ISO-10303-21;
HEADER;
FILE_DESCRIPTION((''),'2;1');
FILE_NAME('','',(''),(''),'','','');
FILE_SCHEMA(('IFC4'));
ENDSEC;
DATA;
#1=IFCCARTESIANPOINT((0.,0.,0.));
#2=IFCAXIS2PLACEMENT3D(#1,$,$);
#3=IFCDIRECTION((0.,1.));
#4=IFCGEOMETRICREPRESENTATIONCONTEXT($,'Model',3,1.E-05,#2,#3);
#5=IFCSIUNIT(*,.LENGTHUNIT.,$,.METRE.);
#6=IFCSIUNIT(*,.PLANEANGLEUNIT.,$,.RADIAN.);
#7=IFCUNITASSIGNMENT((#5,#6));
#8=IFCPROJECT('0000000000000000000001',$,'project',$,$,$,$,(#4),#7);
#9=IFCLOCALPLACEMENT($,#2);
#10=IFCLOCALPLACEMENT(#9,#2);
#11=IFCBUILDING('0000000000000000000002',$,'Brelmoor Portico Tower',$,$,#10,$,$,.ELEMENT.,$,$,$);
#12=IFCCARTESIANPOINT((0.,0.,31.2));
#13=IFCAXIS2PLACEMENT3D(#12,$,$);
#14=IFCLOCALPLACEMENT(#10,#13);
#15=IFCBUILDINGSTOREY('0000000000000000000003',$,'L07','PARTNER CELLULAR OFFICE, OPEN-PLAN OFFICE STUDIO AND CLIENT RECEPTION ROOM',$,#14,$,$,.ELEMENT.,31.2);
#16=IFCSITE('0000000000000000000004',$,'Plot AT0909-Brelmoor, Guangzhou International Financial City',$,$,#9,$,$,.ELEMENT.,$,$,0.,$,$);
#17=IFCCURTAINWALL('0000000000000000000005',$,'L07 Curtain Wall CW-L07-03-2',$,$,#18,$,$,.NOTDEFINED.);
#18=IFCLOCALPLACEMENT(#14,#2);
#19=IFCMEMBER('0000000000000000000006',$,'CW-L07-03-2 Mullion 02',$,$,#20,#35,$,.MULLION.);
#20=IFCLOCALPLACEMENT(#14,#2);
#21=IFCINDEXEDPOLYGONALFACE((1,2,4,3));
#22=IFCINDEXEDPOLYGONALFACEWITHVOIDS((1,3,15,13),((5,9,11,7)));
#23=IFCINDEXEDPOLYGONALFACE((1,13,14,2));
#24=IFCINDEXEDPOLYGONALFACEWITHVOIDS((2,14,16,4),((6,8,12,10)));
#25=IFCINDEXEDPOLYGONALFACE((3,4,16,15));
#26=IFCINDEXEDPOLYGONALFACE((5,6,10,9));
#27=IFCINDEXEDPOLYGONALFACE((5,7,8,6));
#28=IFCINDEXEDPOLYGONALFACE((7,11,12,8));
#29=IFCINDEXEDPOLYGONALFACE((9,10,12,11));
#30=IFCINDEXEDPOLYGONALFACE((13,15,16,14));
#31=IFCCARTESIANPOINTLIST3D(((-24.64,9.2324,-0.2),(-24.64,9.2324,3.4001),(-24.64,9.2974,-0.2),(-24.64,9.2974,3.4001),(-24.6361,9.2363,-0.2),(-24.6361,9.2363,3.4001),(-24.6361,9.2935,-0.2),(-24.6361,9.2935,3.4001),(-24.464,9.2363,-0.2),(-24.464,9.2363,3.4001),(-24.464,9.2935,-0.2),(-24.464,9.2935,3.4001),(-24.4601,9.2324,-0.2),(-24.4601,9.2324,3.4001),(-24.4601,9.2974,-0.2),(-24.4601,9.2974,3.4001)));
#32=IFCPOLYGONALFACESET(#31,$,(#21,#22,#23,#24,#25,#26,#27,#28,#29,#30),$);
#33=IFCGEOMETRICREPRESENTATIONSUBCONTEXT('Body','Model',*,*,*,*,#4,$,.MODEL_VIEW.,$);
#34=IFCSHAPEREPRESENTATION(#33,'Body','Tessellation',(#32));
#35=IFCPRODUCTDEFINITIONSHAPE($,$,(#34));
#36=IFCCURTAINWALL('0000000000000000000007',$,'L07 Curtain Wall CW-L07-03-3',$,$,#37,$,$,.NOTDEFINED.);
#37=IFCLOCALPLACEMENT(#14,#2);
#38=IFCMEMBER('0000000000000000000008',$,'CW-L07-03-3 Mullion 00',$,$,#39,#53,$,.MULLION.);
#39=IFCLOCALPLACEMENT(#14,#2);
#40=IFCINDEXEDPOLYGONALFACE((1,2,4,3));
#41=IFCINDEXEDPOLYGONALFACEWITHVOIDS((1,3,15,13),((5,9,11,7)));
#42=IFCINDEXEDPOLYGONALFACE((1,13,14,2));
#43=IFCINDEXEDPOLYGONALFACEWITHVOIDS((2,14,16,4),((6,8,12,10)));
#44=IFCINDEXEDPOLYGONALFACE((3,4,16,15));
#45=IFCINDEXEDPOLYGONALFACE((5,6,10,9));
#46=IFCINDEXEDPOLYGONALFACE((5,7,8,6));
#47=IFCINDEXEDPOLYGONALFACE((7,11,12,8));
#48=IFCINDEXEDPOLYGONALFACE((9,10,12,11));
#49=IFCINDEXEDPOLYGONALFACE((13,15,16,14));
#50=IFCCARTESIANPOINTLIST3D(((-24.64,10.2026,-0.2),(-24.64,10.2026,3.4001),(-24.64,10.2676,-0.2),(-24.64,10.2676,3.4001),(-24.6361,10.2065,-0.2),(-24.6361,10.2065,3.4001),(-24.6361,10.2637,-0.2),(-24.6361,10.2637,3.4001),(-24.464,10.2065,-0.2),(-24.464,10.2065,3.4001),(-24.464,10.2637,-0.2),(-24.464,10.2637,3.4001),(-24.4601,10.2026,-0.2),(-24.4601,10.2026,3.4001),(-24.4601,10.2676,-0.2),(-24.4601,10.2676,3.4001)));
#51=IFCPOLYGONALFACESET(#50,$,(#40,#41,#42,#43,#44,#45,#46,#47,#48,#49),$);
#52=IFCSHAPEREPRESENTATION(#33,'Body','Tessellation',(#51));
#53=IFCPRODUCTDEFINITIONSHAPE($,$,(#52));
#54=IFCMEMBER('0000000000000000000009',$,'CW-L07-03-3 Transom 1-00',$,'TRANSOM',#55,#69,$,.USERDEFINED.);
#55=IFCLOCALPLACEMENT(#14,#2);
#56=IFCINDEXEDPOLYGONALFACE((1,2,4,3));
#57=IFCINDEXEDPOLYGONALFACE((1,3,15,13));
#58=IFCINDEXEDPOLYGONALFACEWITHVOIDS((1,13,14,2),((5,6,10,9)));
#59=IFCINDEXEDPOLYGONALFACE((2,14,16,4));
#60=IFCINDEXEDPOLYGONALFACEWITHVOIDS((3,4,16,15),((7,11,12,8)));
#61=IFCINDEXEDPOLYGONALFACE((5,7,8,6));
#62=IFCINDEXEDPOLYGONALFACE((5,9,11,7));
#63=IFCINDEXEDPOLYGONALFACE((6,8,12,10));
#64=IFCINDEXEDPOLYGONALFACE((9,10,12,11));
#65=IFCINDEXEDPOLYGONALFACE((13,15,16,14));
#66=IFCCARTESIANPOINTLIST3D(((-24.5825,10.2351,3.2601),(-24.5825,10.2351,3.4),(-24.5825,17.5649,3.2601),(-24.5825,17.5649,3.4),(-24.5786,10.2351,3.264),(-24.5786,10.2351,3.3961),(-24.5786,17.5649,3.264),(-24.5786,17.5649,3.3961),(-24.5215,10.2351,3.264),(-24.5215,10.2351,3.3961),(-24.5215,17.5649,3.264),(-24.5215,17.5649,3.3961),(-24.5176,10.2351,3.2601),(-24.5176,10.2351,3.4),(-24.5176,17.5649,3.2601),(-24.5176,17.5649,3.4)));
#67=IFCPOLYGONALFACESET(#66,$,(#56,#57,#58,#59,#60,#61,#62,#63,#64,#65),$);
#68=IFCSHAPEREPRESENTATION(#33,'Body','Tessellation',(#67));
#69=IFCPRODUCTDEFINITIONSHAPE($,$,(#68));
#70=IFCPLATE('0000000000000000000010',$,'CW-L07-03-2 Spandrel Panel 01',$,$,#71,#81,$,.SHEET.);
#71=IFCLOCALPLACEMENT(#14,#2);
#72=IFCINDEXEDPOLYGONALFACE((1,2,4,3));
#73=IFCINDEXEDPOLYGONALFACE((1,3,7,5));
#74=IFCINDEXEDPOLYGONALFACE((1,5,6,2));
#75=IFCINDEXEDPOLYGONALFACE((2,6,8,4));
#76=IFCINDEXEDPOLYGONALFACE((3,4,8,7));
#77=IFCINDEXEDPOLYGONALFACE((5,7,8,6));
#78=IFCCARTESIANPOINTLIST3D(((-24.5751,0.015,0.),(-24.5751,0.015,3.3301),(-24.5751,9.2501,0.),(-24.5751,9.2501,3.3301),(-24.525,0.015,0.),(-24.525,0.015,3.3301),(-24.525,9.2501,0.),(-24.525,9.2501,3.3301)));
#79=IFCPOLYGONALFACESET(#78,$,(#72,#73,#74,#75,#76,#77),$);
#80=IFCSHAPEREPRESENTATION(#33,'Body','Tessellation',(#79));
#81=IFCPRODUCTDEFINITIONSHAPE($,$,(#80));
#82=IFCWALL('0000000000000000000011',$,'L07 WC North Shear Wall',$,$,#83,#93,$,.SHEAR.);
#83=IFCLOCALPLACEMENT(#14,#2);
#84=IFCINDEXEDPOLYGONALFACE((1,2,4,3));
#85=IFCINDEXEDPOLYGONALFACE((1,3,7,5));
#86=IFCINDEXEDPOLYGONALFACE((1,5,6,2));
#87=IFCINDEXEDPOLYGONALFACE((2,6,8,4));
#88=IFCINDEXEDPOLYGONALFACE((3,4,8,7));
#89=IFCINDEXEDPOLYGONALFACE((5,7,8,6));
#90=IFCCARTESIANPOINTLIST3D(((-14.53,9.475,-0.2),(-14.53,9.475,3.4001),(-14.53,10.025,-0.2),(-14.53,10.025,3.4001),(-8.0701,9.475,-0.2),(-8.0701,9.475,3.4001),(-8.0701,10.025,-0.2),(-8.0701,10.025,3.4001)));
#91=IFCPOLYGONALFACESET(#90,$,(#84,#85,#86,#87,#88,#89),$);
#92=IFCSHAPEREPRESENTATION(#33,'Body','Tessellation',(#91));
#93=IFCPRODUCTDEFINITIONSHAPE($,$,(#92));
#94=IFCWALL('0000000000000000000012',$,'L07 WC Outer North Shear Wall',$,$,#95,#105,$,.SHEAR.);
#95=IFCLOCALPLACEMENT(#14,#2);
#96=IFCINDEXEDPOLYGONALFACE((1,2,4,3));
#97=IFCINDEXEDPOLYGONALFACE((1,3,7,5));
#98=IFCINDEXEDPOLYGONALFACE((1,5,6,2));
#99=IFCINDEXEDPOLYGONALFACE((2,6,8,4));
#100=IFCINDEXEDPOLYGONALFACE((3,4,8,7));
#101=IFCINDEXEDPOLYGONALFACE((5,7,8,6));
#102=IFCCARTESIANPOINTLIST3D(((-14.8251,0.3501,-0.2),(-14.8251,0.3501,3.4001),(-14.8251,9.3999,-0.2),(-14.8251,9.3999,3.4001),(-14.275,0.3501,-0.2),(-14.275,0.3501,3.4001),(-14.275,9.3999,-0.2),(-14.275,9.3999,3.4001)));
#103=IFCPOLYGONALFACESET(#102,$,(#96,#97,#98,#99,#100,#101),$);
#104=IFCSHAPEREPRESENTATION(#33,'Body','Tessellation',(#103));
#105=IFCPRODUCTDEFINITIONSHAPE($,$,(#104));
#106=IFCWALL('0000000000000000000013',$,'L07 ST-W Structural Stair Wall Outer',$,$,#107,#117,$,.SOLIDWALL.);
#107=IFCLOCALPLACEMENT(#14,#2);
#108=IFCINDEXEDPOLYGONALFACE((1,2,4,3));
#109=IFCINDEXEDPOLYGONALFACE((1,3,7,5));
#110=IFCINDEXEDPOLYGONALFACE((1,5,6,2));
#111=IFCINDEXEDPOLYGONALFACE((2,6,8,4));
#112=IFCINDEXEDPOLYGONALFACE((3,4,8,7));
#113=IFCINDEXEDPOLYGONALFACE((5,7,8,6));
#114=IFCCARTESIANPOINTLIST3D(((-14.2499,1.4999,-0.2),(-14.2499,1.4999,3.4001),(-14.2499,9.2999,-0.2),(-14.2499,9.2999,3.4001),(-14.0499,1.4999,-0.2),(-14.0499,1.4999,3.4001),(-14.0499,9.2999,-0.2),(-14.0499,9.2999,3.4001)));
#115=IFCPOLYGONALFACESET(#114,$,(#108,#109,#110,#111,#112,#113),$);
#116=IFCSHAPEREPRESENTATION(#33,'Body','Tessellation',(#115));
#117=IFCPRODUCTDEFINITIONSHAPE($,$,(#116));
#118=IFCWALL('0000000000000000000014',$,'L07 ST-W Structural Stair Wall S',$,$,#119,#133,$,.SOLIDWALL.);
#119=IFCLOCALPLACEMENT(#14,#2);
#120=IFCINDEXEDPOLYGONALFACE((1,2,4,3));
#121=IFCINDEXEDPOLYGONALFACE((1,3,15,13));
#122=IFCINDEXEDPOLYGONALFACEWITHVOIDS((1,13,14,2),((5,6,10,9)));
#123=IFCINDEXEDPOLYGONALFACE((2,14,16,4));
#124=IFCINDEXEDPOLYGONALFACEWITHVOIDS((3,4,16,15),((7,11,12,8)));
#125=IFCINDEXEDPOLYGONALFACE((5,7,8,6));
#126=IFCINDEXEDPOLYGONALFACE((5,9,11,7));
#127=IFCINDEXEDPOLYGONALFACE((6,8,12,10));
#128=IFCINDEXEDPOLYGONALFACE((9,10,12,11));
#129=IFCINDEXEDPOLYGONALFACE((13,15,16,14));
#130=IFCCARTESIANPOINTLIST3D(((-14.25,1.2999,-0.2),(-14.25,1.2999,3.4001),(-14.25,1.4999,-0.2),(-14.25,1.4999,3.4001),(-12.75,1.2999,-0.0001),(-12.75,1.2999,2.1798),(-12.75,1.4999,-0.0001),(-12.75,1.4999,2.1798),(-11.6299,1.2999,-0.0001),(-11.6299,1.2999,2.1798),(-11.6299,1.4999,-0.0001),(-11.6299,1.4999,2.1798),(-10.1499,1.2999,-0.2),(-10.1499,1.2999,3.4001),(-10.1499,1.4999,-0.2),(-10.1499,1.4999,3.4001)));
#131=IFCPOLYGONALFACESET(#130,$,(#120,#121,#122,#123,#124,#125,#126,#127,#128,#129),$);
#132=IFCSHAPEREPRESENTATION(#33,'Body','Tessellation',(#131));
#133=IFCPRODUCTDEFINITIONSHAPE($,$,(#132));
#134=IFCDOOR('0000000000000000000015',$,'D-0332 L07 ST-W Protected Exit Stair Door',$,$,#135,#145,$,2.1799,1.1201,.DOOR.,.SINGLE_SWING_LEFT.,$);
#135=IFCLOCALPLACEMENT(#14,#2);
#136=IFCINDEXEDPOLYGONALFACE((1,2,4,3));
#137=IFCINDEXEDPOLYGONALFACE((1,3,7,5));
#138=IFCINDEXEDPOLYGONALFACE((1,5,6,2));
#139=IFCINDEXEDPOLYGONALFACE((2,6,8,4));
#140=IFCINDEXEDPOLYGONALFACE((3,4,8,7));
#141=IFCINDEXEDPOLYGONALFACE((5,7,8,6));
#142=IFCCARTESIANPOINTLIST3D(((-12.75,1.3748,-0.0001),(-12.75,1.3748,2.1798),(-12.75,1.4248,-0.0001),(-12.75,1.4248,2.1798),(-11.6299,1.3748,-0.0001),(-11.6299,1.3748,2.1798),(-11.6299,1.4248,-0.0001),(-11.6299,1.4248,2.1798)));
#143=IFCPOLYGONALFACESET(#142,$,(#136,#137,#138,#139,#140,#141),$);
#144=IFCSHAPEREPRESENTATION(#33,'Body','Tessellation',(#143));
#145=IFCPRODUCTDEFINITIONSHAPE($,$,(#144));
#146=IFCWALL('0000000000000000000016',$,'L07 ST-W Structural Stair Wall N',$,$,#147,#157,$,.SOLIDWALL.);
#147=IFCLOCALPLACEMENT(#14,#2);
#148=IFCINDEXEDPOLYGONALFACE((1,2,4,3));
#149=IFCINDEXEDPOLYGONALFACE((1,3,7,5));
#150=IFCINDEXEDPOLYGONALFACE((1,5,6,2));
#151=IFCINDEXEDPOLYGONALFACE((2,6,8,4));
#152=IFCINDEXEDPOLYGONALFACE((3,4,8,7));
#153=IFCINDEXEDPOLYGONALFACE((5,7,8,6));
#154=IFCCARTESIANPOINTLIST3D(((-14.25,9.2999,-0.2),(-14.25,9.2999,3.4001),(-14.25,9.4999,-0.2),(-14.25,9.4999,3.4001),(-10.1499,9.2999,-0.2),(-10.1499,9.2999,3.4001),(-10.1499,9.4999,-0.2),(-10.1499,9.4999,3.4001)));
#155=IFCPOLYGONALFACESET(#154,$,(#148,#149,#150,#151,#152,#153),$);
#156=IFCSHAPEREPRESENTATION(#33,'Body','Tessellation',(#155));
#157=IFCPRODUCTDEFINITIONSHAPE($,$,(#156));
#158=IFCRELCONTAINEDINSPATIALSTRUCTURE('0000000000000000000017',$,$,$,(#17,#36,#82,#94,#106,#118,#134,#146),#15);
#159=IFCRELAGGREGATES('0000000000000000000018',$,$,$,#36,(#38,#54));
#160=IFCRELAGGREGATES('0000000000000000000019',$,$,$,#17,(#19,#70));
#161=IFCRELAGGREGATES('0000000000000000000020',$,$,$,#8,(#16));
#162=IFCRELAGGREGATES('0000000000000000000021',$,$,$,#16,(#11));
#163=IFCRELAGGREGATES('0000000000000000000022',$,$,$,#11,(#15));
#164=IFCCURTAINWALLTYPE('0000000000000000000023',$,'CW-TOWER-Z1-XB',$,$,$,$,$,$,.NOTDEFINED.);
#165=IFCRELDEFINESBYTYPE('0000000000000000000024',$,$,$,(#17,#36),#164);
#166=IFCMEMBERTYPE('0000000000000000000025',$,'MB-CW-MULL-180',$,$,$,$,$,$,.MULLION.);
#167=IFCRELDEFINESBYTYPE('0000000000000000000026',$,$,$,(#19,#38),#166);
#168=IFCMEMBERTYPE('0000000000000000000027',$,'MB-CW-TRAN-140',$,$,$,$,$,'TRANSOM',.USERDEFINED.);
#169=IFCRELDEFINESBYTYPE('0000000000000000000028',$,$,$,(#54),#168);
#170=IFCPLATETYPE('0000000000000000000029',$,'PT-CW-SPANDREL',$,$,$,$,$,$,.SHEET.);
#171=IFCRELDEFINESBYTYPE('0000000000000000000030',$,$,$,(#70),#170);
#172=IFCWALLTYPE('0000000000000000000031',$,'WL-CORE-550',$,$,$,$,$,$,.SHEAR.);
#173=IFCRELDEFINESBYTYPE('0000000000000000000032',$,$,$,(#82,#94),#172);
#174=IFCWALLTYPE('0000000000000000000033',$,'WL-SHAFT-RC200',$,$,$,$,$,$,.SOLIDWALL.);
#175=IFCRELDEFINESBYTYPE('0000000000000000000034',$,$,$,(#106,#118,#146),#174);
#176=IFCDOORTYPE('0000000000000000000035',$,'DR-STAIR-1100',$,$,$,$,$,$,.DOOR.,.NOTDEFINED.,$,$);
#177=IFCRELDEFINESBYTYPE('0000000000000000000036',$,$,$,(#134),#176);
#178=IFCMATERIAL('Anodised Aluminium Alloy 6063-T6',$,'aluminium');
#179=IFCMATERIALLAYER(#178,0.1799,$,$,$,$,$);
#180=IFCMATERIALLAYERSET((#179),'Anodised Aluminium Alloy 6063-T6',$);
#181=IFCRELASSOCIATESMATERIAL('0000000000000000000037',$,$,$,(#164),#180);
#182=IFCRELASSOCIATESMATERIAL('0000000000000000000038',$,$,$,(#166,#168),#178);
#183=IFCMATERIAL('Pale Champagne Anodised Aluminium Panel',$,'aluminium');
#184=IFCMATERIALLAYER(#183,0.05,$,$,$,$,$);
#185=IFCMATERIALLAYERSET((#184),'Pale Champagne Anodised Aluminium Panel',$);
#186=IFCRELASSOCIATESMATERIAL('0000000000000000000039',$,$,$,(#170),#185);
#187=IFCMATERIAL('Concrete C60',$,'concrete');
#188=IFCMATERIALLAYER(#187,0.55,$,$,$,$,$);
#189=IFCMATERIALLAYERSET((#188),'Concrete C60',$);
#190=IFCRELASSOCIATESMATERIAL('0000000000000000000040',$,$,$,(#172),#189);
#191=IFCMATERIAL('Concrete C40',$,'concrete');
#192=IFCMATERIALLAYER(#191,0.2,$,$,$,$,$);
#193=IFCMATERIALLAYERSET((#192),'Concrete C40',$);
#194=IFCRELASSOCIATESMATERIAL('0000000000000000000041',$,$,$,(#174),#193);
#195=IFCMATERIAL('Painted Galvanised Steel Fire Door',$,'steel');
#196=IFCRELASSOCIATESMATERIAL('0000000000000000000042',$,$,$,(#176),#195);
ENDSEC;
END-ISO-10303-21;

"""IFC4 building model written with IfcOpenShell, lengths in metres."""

from ifc_helpers import new_model, si_unit, direction, frame, frame_2d, origin, origin_2d, place, context, subcontext, project, spatial, rectangle, hollow_rectangle, extrude, material, layer, layer_set, material_profile, profile_set, type_object, element, fill, aggregate, save


model = new_model("IFC4")

# Units and contexts
model_context = context("Model", 3, precision=1e-05, world=origin(), true_north=direction((0.0, 1.0)))
body_context = subcontext(model_context, "Body", "Model", "MODEL_VIEW")
ifc_project = project(units=[si_unit("LENGTHUNIT", "METRE"), si_unit("PLANEANGLEUNIT", "RADIAN")], contexts=[model_context])

# Site, building, storey
site_placement = place(None, origin())
site = spatial("IfcSite", under=ifc_project, at=site_placement, Name="Plot AT0909-Brelmoor, Guangzhou International Financial City", CompositionType="ELEMENT", RefElevation=0.0)
building_placement = place(site_placement, origin())
building = spatial("IfcBuilding", under=site, at=building_placement, Name="Brelmoor Portico Tower", CompositionType="ELEMENT")
storey_placement = place(building_placement, frame((0.0, 0.0, 31.2)))
storey = spatial("IfcBuildingStorey", under=building, at=storey_placement, Name="L07", Description="PARTNER CELLULAR OFFICE, OPEN-PLAN OFFICE STUDIO AND CLIENT RECEPTION ROOM", CompositionType="ELEMENT", Elevation=31.2)

# Curtain wall, member
ifc_material_1 = material(Name="Anodised Aluminium Alloy 6063-T6", Category="aluminium")
ifc_layer_1 = layer(ifc_material_1, 0.1799)
ifc_layer_set_1 = layer_set([ifc_layer_1], Name="Anodised Aluminium Alloy 6063-T6")
curtain_wall_type = type_object("IfcCurtainWallType", Name="CW-TOWER-Z1-XB", PredefinedType="NOTDEFINED", material=ifc_layer_set_1)
curtain_wall_1_placement = place(storey_placement, origin())
curtain_wall_1 = element("IfcCurtainWall", 1, at=curtain_wall_1_placement, inside=storey, type_object=curtain_wall_type, Name="L07 Curtain Wall CW-L07-03-2", PredefinedType="NOTDEFINED")
ifc_material_profile_1 = material_profile(ifc_material_1, hollow_rectangle(XDim=0.0649, YDim=0.1799, WallThickness=0.0039, at=origin_2d()), Name="ALU MULLION 65x180")
ifc_profile_set_1 = profile_set([ifc_material_profile_1], Name="Anodised Aluminium Alloy 6063-T6")
member_type_1 = type_object("IfcMemberType", Name="MB-CW-MULL-180", PredefinedType="MULLION", material=ifc_profile_set_1)
member_1_placement = place(storey_placement, frame((-24.55, 9.2649, -0.2), z_axis=(0.0, 0.0, 1.0), x_axis=(0.0, 1.0, 0.0)))
member_1 = element("IfcMember", 2, at=member_1_placement, type_object=member_type_1, Name="CW-L07-03-2 Mullion 02", PredefinedType="MULLION", context=body_context, shape_type="SweptSolid", body=[
    extrude(hollow_rectangle(XDim=0.0649, YDim=0.1799, WallThickness=0.0039, at=origin_2d()), origin(), (0.0, 0.0, 1.0), 3.6001),
])

# Curtain wall, members
curtain_wall_2_placement = place(storey_placement, origin())
curtain_wall_2 = element("IfcCurtainWall", 3, at=curtain_wall_2_placement, inside=storey, type_object=curtain_wall_type, Name="L07 Curtain Wall CW-L07-03-3", PredefinedType="NOTDEFINED")
member_2_placement = place(storey_placement, frame((-24.55, 10.2351, -0.2), z_axis=(0.0, 0.0, 1.0), x_axis=(0.0, 1.0, 0.0)))
member_2 = element("IfcMember", 4, at=member_2_placement, type_object=member_type_1, Name="CW-L07-03-3 Mullion 00", PredefinedType="MULLION", context=body_context, shape_type="SweptSolid", body=[
    extrude(hollow_rectangle(XDim=0.0649, YDim=0.1799, WallThickness=0.0039, at=origin_2d()), origin(), (0.0, 0.0, 1.0), 3.6001),
])
ifc_material_profile_2 = material_profile(ifc_material_1, hollow_rectangle(XDim=0.0649, YDim=0.1399, WallThickness=0.0039, at=origin_2d()), Name="ALU TRANSOM 65x140")
ifc_profile_set_2 = profile_set([ifc_material_profile_2], Name="Anodised Aluminium Alloy 6063-T6")
member_type_2 = type_object("IfcMemberType", Name="MB-CW-TRAN-140", ElementType="TRANSOM", PredefinedType="USERDEFINED", material=ifc_profile_set_2)
member_3_placement = place(storey_placement, frame((-24.55, 10.2351, 3.3301), z_axis=(0.0, 1.0, 0.0), x_axis=(-1.0, 0.0, 0.0)))
member_3 = element("IfcMember", 5, at=member_3_placement, type_object=member_type_2, Name="CW-L07-03-3 Transom 1-00", ObjectType="TRANSOM", PredefinedType="USERDEFINED", context=body_context, shape_type="SweptSolid", body=[
    extrude(hollow_rectangle(XDim=0.0649, YDim=0.1399, WallThickness=0.0039, at=origin_2d()), origin(), (0.0, 0.0, 1.0), 7.3298),
])
aggregate(curtain_wall_2, [member_2, member_3])

# Plate
ifc_material_2 = material(Name="Pale Champagne Anodised Aluminium Panel", Category="aluminium")
ifc_layer_2 = layer(ifc_material_2, 0.05)
ifc_layer_set_2 = layer_set([ifc_layer_2], Name="Pale Champagne Anodised Aluminium Panel")
plate_type = type_object("IfcPlateType", Name="PT-CW-SPANDREL", PredefinedType="SHEET", material=ifc_layer_set_2)
plate_placement = place(storey_placement, frame((-24.55, 4.6326, 0.0), z_axis=(0.0, 0.0, 1.0), x_axis=(0.0, 1.0, 0.0)))
plate = element("IfcPlate", 6, at=plate_placement, type_object=plate_type, Name="CW-L07-03-2 Spandrel Panel 01", PredefinedType="SHEET", context=body_context, shape_type="SweptSolid", body=[
    extrude(rectangle(XDim=9.2351, YDim=0.05, at=origin_2d()), origin(), (0.0, 0.0, 1.0), 3.3301),
])
aggregate(curtain_wall_1, [member_1, plate])

# Walls
ifc_material_3 = material(Name="Concrete C60", Category="concrete")
ifc_layer_3 = layer(ifc_material_3, 0.55)
ifc_layer_set_3 = layer_set([ifc_layer_3], Name="Concrete C60")
wall_type_1 = type_object("IfcWallType", Name="WL-CORE-550", PredefinedType="SHEAR", material=ifc_layer_set_3)
wall_1_placement = place(storey_placement, frame((-14.53, 9.75, -0.2), z_axis=(0.0, 0.0, 1.0), x_axis=(1.0, 0.0, 0.0)))
element("IfcWall", 7, at=wall_1_placement, inside=storey, type_object=wall_type_1, Name="L07 WC North Shear Wall", PredefinedType="SHEAR", context=body_context, shape_type="SweptSolid", body=[
    extrude(rectangle(XDim=6.46, YDim=0.55, at=frame_2d((3.23, 0.0))), origin(), (0.0, 0.0, 1.0), 3.6001),
])
wall_2_placement = place(storey_placement, frame((-14.55, 0.3501, -0.2), z_axis=(0.0, 0.0, 1.0), x_axis=(0.0, 1.0, 0.0)))
element("IfcWall", 8, at=wall_2_placement, inside=storey, type_object=wall_type_1, Name="L07 WC Outer North Shear Wall", PredefinedType="SHEAR", context=body_context, shape_type="SweptSolid", body=[
    extrude(rectangle(XDim=9.0498, YDim=0.55, at=frame_2d((4.5249, 0.0))), origin(), (0.0, 0.0, 1.0), 3.6001),
])
ifc_material_4 = material(Name="Concrete C40", Category="concrete")
ifc_layer_4 = layer(ifc_material_4, 0.2)
ifc_layer_set_4 = layer_set([ifc_layer_4], Name="Concrete C40")
wall_type_2 = type_object("IfcWallType", Name="WL-SHAFT-RC200", PredefinedType="SOLIDWALL", material=ifc_layer_set_4)
wall_3_placement = place(storey_placement, frame((-14.1499, 1.5, -0.2), z_axis=(0.0, 0.0, 1.0), x_axis=(0.0, 1.0, 0.0)))
element("IfcWall", 9, at=wall_3_placement, inside=storey, type_object=wall_type_2, Name="L07 ST-W Structural Stair Wall Outer", PredefinedType="SOLIDWALL", context=body_context, shape_type="SweptSolid", body=[
    extrude(rectangle(XDim=7.8, YDim=0.2, at=frame_2d((3.8999, 0.0))), origin(), (0.0, 0.0, 1.0), 3.6001),
])

# Wall, opening, door
wall_4_placement = place(storey_placement, frame((-14.25, 1.3999, -0.2), z_axis=(0.0, 0.0, 1.0), x_axis=(1.0, 0.0, 0.0)))
wall_4 = element("IfcWall", 10, at=wall_4_placement, inside=storey, type_object=wall_type_2, Name="L07 ST-W Structural Stair Wall S", PredefinedType="SOLIDWALL", context=body_context, shape_type="SweptSolid", body=[
    extrude(rectangle(XDim=4.1001, YDim=0.2, at=frame_2d((2.05, 0.0))), origin(), (0.0, 0.0, 1.0), 3.6001),
])
opening_placement = place(wall_4_placement, frame((1.5, 0.0, 0.2)))
opening = element("IfcOpeningElement", 11, at=opening_placement, cuts=wall_4, PredefinedType="OPENING", context=body_context, shape_type="SweptSolid", body=[
    extrude(rectangle(XDim=1.1201, YDim=2.1799, at=frame_2d((0.5601, 1.0898))), frame((0.0, 0.1099, 0.0), z_axis=(0.0, -1.0, 0.0), x_axis=(1.0, 0.0, 0.0)), (0.0, 0.0, 1.0), 0.22),
])
ifc_material_5 = material(Name="Painted Galvanised Steel Fire Door", Category="steel")
door_type = type_object("IfcDoorType", Name="DR-STAIR-1100", OperationType="NOTDEFINED", PredefinedType="DOOR", material=ifc_material_5)
door_placement = place(opening_placement, origin())
door = element("IfcDoor", 12, at=door_placement, inside=storey, type_object=door_type, Name="D-0332 L07 ST-W Protected Exit Stair Door", OperationType="SINGLE_SWING_LEFT", OverallHeight=2.1799, OverallWidth=1.1201, PredefinedType="DOOR", context=body_context, shape_type="SweptSolid", body=[
    extrude(rectangle(XDim=1.1201, YDim=2.1799, at=frame_2d((0.5601, 1.0898))), frame((0.0, 0.0249, 0.0), z_axis=(0.0, -1.0, 0.0), x_axis=(1.0, 0.0, 0.0)), (0.0, 0.0, 1.0), 0.05),
])
fill(opening, door)

# Wall
wall_5_placement = place(storey_placement, frame((-14.25, 9.3999, -0.2), z_axis=(0.0, 0.0, 1.0), x_axis=(1.0, 0.0, 0.0)))
element("IfcWall", 13, at=wall_5_placement, inside=storey, type_object=wall_type_2, Name="L07 ST-W Structural Stair Wall N", PredefinedType="SOLIDWALL", context=body_context, shape_type="SweptSolid", body=[
    extrude(rectangle(XDim=4.1001, YDim=0.2, at=frame_2d((2.05, 0.0))), origin(), (0.0, 0.0, 1.0), 3.6001),
])

save(model, "model.ifc")
